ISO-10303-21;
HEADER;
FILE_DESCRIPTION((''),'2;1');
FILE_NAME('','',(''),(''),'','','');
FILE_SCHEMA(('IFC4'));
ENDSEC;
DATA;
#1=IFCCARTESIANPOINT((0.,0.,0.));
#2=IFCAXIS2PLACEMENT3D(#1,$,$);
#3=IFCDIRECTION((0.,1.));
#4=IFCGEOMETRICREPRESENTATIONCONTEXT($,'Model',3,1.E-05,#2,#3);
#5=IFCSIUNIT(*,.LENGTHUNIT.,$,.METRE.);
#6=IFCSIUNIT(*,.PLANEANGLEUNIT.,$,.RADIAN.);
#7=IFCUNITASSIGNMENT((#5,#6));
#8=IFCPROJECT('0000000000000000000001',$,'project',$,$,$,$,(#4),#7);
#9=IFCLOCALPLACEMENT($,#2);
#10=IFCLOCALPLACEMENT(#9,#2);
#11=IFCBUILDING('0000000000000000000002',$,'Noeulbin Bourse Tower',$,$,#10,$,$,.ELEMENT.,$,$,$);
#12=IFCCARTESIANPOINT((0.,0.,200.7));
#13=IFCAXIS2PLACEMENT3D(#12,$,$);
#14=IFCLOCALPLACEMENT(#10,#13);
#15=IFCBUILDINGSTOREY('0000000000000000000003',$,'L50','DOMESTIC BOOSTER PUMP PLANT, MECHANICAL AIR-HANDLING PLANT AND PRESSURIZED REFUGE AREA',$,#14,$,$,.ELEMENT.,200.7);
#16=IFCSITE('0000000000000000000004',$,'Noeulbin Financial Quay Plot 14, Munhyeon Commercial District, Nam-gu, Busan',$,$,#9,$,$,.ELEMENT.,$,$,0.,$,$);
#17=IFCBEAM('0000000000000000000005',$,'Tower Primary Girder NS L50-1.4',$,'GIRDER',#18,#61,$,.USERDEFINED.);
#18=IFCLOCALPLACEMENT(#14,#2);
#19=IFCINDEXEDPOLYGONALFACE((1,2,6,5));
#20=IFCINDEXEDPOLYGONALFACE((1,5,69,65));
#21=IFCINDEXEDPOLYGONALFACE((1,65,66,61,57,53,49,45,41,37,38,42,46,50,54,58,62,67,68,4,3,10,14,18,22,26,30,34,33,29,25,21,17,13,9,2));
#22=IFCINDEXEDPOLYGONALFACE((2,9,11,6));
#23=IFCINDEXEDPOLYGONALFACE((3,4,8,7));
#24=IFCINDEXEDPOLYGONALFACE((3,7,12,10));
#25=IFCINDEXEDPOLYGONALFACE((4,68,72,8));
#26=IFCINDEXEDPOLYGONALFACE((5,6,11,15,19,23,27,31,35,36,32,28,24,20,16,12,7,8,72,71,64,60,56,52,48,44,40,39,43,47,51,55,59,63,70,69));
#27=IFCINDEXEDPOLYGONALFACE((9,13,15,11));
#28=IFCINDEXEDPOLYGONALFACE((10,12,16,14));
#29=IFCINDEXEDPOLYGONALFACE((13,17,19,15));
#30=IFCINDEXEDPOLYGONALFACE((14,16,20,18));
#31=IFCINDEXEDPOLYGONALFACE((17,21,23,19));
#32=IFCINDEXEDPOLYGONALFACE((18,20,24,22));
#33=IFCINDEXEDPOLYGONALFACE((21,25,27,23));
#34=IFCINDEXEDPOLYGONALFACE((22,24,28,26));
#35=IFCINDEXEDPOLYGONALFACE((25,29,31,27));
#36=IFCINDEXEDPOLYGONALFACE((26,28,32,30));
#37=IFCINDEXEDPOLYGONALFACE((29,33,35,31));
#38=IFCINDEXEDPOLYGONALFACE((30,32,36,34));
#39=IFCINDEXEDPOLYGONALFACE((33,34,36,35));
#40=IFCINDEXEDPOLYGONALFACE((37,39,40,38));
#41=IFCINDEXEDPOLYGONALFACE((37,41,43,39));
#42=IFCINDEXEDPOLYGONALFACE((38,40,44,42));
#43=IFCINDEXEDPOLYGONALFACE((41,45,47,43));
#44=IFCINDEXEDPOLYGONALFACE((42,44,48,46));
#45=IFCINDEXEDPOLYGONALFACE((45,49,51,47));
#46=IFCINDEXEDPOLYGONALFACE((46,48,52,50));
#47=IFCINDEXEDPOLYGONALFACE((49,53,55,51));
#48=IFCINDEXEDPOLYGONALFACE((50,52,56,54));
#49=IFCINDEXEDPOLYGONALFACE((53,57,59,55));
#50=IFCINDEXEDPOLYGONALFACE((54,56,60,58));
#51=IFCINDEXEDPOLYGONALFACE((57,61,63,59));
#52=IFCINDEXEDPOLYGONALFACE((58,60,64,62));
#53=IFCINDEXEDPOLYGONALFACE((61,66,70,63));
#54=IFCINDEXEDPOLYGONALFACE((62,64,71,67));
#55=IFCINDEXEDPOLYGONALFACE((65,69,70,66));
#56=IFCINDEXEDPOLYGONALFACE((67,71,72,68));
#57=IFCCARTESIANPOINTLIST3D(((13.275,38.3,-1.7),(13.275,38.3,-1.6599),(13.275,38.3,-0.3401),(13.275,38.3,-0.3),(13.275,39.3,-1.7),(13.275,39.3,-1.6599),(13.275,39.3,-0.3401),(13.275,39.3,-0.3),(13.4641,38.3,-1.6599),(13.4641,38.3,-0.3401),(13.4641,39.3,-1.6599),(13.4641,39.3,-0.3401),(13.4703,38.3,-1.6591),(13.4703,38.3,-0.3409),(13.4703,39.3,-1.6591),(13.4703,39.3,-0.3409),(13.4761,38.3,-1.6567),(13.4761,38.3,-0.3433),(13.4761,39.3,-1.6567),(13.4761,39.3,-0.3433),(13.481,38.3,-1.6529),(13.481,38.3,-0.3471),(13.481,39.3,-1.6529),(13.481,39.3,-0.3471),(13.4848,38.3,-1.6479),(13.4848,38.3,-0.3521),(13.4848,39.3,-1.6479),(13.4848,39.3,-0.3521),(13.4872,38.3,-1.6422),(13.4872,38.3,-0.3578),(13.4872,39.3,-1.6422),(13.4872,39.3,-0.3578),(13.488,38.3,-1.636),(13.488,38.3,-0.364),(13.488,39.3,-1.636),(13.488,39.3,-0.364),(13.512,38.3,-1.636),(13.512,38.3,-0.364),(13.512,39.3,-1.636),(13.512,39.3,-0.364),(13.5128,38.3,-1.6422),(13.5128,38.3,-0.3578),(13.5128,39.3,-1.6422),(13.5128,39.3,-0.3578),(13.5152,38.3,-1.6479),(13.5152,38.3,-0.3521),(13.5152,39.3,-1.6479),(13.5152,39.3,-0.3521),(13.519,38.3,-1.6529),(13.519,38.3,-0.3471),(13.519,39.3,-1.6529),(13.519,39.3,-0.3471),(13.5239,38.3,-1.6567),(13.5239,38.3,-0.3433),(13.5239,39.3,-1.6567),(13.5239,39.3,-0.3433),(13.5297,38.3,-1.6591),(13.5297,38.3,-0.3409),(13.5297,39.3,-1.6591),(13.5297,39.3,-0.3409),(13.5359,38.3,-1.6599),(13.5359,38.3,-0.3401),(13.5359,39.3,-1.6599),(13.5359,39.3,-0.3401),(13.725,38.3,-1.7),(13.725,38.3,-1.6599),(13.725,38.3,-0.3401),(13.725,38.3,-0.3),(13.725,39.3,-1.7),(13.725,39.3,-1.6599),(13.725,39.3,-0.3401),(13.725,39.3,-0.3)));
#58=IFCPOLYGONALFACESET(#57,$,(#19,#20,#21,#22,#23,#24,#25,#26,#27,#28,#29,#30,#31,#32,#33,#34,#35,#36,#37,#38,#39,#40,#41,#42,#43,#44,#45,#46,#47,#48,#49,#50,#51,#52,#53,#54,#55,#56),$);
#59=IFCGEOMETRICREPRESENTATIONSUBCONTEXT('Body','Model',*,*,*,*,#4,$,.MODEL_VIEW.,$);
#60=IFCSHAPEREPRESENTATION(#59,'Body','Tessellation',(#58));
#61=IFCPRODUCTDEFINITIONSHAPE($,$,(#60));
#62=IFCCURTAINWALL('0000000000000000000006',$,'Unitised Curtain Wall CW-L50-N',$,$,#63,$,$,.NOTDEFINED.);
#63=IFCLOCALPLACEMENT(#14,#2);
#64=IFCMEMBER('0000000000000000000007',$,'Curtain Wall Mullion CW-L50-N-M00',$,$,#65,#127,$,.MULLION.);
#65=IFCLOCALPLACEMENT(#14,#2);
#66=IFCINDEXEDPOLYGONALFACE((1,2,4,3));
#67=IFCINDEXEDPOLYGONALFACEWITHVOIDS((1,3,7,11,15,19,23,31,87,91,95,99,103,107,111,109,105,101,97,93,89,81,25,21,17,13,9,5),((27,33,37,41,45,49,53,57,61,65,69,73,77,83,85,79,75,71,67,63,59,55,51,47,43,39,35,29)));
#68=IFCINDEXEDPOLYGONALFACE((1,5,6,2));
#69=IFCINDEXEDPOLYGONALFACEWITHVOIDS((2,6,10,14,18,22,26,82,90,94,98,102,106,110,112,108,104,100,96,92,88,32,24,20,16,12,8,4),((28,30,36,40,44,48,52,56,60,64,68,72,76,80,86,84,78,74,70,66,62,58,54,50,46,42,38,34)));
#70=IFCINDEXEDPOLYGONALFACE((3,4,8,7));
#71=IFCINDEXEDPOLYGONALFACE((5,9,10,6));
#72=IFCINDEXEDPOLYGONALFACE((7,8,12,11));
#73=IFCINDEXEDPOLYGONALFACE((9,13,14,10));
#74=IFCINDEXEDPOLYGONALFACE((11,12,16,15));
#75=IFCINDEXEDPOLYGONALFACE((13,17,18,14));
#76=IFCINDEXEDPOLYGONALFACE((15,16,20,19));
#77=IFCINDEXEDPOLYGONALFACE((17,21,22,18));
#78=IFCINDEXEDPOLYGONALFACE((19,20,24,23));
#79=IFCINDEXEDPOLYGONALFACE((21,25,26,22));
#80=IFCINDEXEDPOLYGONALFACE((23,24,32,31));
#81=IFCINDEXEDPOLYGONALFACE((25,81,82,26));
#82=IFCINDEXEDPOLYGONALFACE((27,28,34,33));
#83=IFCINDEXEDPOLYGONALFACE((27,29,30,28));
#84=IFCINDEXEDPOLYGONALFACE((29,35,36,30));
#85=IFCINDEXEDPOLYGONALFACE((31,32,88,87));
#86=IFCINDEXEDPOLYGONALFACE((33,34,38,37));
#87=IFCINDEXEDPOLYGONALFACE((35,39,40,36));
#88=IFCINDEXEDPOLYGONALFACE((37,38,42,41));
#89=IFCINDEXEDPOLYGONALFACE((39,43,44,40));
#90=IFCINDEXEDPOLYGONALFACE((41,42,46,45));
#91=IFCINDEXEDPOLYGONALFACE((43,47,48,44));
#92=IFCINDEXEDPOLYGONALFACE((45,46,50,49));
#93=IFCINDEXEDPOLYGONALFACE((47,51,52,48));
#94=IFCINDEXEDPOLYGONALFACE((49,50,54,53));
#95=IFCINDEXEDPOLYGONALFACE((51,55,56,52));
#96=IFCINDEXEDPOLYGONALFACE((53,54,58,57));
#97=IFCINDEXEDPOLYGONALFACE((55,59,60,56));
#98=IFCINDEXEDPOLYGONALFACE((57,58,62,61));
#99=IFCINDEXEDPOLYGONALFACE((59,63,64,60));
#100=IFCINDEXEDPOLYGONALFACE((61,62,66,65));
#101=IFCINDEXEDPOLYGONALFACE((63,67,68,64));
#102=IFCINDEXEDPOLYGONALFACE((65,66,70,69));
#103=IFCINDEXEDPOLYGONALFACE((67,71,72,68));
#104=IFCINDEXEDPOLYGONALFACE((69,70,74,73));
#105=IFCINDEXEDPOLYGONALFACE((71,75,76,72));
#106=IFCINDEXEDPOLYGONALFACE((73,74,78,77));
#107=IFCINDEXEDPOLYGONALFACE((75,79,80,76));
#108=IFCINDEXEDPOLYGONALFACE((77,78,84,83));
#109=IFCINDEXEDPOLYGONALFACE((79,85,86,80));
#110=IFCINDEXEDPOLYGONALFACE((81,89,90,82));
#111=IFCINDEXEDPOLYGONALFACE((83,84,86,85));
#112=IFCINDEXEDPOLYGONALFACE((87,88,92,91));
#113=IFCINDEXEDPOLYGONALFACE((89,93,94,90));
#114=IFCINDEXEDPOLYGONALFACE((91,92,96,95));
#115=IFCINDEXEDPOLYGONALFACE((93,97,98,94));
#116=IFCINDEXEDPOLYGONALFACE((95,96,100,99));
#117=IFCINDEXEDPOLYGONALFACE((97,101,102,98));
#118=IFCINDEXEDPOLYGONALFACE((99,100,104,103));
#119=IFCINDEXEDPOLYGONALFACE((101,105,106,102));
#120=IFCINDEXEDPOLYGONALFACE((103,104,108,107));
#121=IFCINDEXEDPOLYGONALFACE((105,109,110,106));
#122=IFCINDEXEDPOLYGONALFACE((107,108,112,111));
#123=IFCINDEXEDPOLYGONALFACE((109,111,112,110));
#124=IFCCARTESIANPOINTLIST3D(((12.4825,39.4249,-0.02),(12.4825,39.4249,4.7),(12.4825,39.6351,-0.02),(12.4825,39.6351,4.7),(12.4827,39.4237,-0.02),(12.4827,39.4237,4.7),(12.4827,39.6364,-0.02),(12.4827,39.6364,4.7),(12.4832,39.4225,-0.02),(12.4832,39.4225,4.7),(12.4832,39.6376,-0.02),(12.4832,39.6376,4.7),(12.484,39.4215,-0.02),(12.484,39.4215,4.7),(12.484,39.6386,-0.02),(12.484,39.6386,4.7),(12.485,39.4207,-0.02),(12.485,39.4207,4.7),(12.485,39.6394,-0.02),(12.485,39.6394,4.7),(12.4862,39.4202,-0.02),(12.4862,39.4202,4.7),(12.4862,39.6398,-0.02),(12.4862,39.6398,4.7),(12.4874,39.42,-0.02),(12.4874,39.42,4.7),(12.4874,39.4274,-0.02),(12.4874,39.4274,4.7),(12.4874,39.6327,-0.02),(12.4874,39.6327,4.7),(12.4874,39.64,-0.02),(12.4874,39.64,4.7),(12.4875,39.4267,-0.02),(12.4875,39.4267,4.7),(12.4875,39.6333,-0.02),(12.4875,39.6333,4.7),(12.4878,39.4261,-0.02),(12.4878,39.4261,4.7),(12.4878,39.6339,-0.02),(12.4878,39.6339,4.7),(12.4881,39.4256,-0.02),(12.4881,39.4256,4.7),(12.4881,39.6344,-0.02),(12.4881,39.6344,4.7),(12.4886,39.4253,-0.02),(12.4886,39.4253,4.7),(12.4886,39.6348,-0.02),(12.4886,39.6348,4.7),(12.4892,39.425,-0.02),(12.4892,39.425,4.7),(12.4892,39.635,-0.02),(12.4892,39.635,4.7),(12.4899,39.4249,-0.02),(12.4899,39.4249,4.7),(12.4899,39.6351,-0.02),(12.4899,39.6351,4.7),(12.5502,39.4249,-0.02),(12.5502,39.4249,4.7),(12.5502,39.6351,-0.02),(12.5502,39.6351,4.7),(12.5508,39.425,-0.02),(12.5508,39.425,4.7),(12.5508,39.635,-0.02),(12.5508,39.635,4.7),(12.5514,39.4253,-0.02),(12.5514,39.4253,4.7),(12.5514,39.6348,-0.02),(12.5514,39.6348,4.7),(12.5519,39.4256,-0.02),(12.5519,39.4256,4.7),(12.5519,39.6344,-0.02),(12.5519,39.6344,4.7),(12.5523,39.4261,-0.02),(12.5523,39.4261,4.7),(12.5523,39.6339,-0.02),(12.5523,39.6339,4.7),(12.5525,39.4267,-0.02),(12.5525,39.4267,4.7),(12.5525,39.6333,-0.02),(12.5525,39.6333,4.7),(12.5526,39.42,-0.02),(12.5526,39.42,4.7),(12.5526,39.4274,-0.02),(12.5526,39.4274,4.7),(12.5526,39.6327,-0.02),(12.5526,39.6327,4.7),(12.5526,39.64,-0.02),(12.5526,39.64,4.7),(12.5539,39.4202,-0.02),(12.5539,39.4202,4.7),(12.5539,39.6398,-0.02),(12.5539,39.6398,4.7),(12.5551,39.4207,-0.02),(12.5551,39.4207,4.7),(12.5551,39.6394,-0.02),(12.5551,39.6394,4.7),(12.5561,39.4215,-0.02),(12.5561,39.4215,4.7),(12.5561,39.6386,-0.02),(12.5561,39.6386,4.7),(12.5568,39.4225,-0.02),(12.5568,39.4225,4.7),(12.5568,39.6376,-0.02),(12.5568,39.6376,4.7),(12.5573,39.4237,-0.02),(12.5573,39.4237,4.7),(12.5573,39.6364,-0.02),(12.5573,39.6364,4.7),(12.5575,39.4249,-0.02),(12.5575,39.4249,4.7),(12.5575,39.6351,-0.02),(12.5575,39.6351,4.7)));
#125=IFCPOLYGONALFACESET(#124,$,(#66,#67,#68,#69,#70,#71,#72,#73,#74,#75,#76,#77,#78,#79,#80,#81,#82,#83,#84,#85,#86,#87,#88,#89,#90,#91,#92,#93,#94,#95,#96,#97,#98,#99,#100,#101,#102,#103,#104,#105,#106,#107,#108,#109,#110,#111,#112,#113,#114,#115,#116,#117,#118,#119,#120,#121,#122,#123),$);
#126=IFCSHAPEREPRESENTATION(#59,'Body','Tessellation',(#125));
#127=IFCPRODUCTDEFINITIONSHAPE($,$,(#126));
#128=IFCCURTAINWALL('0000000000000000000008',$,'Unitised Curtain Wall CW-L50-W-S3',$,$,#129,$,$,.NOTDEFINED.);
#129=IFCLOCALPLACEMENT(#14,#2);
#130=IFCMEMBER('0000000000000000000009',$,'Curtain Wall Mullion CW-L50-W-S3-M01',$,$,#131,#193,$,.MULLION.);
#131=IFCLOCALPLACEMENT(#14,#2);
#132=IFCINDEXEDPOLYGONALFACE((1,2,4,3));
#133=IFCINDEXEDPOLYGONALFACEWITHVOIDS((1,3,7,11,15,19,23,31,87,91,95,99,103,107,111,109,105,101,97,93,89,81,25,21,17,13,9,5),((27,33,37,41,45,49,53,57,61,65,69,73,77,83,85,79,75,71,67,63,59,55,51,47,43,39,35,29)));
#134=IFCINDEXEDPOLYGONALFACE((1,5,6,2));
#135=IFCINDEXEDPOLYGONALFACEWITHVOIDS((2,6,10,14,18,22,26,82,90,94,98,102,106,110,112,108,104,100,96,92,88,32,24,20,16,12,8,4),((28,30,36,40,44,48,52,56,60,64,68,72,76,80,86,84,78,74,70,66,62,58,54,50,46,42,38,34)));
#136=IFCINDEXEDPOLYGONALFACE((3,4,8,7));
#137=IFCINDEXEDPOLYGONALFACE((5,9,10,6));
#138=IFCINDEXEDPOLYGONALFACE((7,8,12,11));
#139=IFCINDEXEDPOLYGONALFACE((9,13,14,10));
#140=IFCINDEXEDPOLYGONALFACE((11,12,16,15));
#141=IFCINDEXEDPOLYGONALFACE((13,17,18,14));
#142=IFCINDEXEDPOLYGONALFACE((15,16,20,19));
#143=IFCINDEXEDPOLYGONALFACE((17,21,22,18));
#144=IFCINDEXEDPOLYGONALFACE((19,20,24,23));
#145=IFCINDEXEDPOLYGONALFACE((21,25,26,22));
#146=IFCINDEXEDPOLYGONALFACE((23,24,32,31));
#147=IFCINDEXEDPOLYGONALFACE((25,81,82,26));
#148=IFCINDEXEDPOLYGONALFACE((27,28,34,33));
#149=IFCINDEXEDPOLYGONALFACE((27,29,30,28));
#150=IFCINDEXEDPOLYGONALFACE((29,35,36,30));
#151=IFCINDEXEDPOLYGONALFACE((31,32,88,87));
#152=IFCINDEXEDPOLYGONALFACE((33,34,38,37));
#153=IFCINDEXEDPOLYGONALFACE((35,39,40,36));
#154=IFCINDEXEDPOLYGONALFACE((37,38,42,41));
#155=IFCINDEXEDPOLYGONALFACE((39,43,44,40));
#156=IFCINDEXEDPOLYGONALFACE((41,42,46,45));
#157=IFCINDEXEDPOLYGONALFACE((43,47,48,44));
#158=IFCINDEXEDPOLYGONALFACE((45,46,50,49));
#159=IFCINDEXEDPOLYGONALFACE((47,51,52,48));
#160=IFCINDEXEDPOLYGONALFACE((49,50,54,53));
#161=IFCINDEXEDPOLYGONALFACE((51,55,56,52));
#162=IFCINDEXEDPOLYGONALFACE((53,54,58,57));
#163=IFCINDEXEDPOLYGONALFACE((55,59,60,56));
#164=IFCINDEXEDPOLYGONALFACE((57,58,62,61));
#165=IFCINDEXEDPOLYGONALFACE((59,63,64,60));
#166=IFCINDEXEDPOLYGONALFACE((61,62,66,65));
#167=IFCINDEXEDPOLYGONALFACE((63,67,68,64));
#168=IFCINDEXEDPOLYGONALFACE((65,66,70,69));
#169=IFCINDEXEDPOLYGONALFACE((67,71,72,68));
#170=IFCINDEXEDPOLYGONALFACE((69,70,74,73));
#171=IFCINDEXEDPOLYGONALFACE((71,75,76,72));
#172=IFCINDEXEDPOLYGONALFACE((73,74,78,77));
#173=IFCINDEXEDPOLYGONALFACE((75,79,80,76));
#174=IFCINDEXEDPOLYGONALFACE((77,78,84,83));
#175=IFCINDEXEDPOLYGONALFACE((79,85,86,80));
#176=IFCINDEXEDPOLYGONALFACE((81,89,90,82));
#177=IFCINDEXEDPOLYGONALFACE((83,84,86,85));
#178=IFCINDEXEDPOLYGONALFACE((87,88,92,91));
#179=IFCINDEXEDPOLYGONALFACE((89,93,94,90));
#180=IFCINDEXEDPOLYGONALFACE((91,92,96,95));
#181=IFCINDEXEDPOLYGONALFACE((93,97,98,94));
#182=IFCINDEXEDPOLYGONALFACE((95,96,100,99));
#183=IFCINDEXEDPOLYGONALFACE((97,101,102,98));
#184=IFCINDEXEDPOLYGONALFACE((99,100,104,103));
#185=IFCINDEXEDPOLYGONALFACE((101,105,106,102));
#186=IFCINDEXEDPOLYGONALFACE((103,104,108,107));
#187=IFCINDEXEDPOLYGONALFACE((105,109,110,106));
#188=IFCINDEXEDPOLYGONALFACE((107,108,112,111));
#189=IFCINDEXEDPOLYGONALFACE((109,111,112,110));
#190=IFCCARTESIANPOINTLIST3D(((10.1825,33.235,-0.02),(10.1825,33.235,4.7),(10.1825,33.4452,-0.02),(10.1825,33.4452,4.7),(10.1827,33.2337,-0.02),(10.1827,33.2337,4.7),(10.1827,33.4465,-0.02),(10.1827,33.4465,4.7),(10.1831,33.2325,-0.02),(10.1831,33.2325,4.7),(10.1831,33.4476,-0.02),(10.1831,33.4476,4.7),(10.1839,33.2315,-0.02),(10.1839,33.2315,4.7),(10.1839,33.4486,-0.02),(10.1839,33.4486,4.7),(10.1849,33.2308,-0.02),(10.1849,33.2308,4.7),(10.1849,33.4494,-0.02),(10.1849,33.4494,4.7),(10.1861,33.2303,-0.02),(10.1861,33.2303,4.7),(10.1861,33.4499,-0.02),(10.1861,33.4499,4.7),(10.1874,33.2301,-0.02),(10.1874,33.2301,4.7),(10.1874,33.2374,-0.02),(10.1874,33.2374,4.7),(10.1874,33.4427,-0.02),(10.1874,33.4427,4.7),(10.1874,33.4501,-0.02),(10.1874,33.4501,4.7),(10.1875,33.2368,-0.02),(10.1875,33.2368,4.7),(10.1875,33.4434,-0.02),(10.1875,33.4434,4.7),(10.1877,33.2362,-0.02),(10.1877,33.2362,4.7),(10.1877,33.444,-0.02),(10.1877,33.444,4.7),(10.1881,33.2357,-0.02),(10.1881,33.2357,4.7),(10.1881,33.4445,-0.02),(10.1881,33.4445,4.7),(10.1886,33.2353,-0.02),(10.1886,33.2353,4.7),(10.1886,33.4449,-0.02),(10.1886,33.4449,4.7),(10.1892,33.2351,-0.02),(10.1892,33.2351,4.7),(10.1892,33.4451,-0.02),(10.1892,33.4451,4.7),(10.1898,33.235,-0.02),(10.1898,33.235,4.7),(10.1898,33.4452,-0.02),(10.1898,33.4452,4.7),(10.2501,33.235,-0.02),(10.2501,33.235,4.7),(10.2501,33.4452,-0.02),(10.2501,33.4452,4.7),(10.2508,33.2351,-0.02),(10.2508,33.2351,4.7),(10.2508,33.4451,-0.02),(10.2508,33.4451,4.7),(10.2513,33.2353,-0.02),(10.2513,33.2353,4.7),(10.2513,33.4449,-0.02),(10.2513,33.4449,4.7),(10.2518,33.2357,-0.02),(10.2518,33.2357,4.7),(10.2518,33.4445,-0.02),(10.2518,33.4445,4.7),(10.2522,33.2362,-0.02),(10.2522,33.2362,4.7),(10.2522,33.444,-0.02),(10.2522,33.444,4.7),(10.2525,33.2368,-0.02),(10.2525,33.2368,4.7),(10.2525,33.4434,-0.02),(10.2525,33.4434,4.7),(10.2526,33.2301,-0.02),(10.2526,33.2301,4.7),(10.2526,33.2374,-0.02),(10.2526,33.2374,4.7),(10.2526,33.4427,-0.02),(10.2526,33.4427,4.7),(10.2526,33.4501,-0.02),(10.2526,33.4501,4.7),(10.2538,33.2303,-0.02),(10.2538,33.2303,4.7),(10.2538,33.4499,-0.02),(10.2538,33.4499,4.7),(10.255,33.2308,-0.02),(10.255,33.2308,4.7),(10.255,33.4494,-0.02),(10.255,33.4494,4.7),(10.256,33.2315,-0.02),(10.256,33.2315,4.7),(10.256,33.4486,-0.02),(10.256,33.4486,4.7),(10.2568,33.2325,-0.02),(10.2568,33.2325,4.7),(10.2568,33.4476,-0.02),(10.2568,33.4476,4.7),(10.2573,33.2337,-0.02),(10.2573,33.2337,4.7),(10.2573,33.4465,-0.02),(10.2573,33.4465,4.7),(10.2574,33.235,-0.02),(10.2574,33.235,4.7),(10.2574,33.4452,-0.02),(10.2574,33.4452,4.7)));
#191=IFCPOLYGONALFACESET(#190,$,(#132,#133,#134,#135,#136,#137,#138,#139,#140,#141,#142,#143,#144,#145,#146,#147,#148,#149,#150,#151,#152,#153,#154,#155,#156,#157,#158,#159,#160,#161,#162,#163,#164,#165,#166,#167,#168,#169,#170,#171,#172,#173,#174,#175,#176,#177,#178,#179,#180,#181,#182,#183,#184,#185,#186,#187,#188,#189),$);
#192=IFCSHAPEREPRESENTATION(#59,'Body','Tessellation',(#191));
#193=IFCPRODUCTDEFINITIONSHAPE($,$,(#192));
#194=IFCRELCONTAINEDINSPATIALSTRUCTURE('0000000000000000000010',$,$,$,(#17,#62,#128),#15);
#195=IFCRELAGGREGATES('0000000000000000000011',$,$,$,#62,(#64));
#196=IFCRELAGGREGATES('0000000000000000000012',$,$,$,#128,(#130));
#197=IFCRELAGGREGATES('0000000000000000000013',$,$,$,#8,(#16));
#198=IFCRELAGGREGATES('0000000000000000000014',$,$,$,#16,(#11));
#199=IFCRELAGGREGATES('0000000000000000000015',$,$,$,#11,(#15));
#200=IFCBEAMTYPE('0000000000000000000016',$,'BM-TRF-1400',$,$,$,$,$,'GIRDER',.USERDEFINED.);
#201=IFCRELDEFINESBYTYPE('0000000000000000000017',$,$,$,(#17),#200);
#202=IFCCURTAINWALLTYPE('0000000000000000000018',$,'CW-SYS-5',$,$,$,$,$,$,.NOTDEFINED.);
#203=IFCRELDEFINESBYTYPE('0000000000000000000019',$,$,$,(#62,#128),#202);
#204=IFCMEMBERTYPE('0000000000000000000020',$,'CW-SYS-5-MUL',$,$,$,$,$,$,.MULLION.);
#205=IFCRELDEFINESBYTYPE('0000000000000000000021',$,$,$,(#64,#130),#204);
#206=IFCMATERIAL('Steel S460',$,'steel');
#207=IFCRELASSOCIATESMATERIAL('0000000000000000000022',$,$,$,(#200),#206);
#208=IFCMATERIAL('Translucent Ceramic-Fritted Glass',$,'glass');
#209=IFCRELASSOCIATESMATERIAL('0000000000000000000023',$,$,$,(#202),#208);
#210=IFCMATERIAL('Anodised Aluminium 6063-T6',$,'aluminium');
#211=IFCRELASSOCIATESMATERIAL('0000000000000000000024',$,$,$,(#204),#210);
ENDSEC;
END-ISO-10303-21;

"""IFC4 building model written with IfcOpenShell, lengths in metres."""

from ifc_helpers import new_model, si_unit, direction, frame, origin, origin_2d, place, context, subcontext, project, spatial, hollow_rectangle, i_section, extrude, material, material_profile, profile_set, type_object, element, aggregate, save


model = new_model("IFC4")

# Units and contexts
model_context = context("Model", 3, precision=1e-05, world=origin(), true_north=direction((0.0, 1.0)))
body_context = subcontext(model_context, "Body", "Model", "MODEL_VIEW")
ifc_project = project(units=[si_unit("LENGTHUNIT", "METRE"), si_unit("PLANEANGLEUNIT", "RADIAN")], contexts=[model_context])

# Site, building, storey
site_placement = place(None, origin())
site = spatial("IfcSite", under=ifc_project, at=site_placement, Name="Noeulbin Financial Quay Plot 14, Munhyeon Commercial District, Nam-gu, Busan", CompositionType="ELEMENT", RefElevation=0.0)
building_placement = place(site_placement, origin())
building = spatial("IfcBuilding", under=site, at=building_placement, Name="Noeulbin Bourse Tower", CompositionType="ELEMENT")
storey_placement = place(building_placement, frame((0.0, 0.0, 200.7)))
storey = spatial("IfcBuildingStorey", under=building, at=storey_placement, Name="L50", Description="DOMESTIC BOOSTER PUMP PLANT, MECHANICAL AIR-HANDLING PLANT AND PRESSURIZED REFUGE AREA", CompositionType="ELEMENT", Elevation=200.7)

# Shared definitions
ifc_material_1 = material(Name="Steel S460", Category="steel")

# Beam
ifc_material_profile_1 = material_profile(ifc_material_1, i_section(OverallWidth=0.45, OverallDepth=1.3999, WebThickness=0.0239, FlangeThickness=0.04, FilletRadius=0.0239, at=origin_2d()), Name="PG-1400x450x24x40", Category="LoadBearing")
ifc_profile_set_1 = profile_set([ifc_material_profile_1], Name="Steel S460")
beam_type_1 = type_object("IfcBeamType", Name="BM-TRF-1400", ElementType="GIRDER", PredefinedType="USERDEFINED", material=ifc_profile_set_1)
beam_1_placement = place(storey_placement, frame((13.5, 38.3, -1.0), z_axis=(0.0, 1.0, 0.0), x_axis=(-1.0, 0.0, 0.0)))
element("IfcBeam", 1, at=beam_1_placement, inside=storey, type_object=beam_type_1, Name="Tower Primary Girder NS L50-1.4", ObjectType="GIRDER", PredefinedType="USERDEFINED", context=body_context, shape_type="SweptSolid", body=[
    extrude(i_section(OverallWidth=0.45, OverallDepth=1.3999, WebThickness=0.0239, FlangeThickness=0.04, FilletRadius=0.0239, at=origin_2d()), origin(), (0.0, 0.0, 1.0), 1.0),
])

# Curtain wall, member
ifc_material_2 = material(Name="Translucent Ceramic-Fritted Glass", Category="glass")
curtain_wall_type = type_object("IfcCurtainWallType", Name="CW-SYS-5", PredefinedType="NOTDEFINED", material=ifc_material_2)
curtain_wall_1_placement = place(storey_placement, origin())
curtain_wall_1 = element("IfcCurtainWall", 2, at=curtain_wall_1_placement, inside=storey, type_object=curtain_wall_type, Name="Unitised Curtain Wall CW-L50-N", PredefinedType="NOTDEFINED")
ifc_material_3 = material(Name="Anodised Aluminium 6063-T6", Category="aluminium")
ifc_material_profile_2 = material_profile(ifc_material_3, hollow_rectangle(XDim=0.075, YDim=0.22, WallThickness=0.0049, InnerFilletRadius=0.0024, OuterFilletRadius=0.0049, at=origin_2d()), Name="ALU-MULL-75x220x5", Category="LoadBearing")
ifc_profile_set_2 = profile_set([ifc_material_profile_2], Name="Anodised Aluminium 6063-T6")
member_type_1 = type_object("IfcMemberType", Name="CW-SYS-5-MUL", PredefinedType="MULLION", material=ifc_profile_set_2)
member_1_placement = place(storey_placement, frame((12.52, 39.53, -0.02), z_axis=(0.0, 0.0, 1.0), x_axis=(1.0, 0.0, 0.0)))
member_1 = element("IfcMember", 3, at=member_1_placement, type_object=member_type_1, Name="Curtain Wall Mullion CW-L50-N-M00", PredefinedType="MULLION", context=body_context, shape_type="SweptSolid", body=[
    extrude(hollow_rectangle(XDim=0.075, YDim=0.22, WallThickness=0.0049, InnerFilletRadius=0.0024, OuterFilletRadius=0.0049, at=origin_2d()), origin(), (0.0, 0.0, 1.0), 4.72),
])

# Curtain wall, member
curtain_wall_2_placement = place(storey_placement, origin())
curtain_wall_2 = element("IfcCurtainWall", 4, at=curtain_wall_2_placement, inside=storey, type_object=curtain_wall_type, Name="Unitised Curtain Wall CW-L50-W-S3", PredefinedType="NOTDEFINED")
member_2_placement = place(storey_placement, frame((10.22, 33.3401, -0.02), z_axis=(0.0, 0.0, 1.0), x_axis=(1.0, 0.0, 0.0)))
member_2 = element("IfcMember", 5, at=member_2_placement, type_object=member_type_1, Name="Curtain Wall Mullion CW-L50-W-S3-M01", PredefinedType="MULLION", context=body_context, shape_type="SweptSolid", body=[
    extrude(hollow_rectangle(XDim=0.075, YDim=0.22, WallThickness=0.0049, InnerFilletRadius=0.0024, OuterFilletRadius=0.0049, at=origin_2d()), origin(), (0.0, 0.0, 1.0), 4.72),
])

aggregate(curtain_wall_1, [member_1])

aggregate(curtain_wall_2, [member_2])

save(model, "model.ifc")
